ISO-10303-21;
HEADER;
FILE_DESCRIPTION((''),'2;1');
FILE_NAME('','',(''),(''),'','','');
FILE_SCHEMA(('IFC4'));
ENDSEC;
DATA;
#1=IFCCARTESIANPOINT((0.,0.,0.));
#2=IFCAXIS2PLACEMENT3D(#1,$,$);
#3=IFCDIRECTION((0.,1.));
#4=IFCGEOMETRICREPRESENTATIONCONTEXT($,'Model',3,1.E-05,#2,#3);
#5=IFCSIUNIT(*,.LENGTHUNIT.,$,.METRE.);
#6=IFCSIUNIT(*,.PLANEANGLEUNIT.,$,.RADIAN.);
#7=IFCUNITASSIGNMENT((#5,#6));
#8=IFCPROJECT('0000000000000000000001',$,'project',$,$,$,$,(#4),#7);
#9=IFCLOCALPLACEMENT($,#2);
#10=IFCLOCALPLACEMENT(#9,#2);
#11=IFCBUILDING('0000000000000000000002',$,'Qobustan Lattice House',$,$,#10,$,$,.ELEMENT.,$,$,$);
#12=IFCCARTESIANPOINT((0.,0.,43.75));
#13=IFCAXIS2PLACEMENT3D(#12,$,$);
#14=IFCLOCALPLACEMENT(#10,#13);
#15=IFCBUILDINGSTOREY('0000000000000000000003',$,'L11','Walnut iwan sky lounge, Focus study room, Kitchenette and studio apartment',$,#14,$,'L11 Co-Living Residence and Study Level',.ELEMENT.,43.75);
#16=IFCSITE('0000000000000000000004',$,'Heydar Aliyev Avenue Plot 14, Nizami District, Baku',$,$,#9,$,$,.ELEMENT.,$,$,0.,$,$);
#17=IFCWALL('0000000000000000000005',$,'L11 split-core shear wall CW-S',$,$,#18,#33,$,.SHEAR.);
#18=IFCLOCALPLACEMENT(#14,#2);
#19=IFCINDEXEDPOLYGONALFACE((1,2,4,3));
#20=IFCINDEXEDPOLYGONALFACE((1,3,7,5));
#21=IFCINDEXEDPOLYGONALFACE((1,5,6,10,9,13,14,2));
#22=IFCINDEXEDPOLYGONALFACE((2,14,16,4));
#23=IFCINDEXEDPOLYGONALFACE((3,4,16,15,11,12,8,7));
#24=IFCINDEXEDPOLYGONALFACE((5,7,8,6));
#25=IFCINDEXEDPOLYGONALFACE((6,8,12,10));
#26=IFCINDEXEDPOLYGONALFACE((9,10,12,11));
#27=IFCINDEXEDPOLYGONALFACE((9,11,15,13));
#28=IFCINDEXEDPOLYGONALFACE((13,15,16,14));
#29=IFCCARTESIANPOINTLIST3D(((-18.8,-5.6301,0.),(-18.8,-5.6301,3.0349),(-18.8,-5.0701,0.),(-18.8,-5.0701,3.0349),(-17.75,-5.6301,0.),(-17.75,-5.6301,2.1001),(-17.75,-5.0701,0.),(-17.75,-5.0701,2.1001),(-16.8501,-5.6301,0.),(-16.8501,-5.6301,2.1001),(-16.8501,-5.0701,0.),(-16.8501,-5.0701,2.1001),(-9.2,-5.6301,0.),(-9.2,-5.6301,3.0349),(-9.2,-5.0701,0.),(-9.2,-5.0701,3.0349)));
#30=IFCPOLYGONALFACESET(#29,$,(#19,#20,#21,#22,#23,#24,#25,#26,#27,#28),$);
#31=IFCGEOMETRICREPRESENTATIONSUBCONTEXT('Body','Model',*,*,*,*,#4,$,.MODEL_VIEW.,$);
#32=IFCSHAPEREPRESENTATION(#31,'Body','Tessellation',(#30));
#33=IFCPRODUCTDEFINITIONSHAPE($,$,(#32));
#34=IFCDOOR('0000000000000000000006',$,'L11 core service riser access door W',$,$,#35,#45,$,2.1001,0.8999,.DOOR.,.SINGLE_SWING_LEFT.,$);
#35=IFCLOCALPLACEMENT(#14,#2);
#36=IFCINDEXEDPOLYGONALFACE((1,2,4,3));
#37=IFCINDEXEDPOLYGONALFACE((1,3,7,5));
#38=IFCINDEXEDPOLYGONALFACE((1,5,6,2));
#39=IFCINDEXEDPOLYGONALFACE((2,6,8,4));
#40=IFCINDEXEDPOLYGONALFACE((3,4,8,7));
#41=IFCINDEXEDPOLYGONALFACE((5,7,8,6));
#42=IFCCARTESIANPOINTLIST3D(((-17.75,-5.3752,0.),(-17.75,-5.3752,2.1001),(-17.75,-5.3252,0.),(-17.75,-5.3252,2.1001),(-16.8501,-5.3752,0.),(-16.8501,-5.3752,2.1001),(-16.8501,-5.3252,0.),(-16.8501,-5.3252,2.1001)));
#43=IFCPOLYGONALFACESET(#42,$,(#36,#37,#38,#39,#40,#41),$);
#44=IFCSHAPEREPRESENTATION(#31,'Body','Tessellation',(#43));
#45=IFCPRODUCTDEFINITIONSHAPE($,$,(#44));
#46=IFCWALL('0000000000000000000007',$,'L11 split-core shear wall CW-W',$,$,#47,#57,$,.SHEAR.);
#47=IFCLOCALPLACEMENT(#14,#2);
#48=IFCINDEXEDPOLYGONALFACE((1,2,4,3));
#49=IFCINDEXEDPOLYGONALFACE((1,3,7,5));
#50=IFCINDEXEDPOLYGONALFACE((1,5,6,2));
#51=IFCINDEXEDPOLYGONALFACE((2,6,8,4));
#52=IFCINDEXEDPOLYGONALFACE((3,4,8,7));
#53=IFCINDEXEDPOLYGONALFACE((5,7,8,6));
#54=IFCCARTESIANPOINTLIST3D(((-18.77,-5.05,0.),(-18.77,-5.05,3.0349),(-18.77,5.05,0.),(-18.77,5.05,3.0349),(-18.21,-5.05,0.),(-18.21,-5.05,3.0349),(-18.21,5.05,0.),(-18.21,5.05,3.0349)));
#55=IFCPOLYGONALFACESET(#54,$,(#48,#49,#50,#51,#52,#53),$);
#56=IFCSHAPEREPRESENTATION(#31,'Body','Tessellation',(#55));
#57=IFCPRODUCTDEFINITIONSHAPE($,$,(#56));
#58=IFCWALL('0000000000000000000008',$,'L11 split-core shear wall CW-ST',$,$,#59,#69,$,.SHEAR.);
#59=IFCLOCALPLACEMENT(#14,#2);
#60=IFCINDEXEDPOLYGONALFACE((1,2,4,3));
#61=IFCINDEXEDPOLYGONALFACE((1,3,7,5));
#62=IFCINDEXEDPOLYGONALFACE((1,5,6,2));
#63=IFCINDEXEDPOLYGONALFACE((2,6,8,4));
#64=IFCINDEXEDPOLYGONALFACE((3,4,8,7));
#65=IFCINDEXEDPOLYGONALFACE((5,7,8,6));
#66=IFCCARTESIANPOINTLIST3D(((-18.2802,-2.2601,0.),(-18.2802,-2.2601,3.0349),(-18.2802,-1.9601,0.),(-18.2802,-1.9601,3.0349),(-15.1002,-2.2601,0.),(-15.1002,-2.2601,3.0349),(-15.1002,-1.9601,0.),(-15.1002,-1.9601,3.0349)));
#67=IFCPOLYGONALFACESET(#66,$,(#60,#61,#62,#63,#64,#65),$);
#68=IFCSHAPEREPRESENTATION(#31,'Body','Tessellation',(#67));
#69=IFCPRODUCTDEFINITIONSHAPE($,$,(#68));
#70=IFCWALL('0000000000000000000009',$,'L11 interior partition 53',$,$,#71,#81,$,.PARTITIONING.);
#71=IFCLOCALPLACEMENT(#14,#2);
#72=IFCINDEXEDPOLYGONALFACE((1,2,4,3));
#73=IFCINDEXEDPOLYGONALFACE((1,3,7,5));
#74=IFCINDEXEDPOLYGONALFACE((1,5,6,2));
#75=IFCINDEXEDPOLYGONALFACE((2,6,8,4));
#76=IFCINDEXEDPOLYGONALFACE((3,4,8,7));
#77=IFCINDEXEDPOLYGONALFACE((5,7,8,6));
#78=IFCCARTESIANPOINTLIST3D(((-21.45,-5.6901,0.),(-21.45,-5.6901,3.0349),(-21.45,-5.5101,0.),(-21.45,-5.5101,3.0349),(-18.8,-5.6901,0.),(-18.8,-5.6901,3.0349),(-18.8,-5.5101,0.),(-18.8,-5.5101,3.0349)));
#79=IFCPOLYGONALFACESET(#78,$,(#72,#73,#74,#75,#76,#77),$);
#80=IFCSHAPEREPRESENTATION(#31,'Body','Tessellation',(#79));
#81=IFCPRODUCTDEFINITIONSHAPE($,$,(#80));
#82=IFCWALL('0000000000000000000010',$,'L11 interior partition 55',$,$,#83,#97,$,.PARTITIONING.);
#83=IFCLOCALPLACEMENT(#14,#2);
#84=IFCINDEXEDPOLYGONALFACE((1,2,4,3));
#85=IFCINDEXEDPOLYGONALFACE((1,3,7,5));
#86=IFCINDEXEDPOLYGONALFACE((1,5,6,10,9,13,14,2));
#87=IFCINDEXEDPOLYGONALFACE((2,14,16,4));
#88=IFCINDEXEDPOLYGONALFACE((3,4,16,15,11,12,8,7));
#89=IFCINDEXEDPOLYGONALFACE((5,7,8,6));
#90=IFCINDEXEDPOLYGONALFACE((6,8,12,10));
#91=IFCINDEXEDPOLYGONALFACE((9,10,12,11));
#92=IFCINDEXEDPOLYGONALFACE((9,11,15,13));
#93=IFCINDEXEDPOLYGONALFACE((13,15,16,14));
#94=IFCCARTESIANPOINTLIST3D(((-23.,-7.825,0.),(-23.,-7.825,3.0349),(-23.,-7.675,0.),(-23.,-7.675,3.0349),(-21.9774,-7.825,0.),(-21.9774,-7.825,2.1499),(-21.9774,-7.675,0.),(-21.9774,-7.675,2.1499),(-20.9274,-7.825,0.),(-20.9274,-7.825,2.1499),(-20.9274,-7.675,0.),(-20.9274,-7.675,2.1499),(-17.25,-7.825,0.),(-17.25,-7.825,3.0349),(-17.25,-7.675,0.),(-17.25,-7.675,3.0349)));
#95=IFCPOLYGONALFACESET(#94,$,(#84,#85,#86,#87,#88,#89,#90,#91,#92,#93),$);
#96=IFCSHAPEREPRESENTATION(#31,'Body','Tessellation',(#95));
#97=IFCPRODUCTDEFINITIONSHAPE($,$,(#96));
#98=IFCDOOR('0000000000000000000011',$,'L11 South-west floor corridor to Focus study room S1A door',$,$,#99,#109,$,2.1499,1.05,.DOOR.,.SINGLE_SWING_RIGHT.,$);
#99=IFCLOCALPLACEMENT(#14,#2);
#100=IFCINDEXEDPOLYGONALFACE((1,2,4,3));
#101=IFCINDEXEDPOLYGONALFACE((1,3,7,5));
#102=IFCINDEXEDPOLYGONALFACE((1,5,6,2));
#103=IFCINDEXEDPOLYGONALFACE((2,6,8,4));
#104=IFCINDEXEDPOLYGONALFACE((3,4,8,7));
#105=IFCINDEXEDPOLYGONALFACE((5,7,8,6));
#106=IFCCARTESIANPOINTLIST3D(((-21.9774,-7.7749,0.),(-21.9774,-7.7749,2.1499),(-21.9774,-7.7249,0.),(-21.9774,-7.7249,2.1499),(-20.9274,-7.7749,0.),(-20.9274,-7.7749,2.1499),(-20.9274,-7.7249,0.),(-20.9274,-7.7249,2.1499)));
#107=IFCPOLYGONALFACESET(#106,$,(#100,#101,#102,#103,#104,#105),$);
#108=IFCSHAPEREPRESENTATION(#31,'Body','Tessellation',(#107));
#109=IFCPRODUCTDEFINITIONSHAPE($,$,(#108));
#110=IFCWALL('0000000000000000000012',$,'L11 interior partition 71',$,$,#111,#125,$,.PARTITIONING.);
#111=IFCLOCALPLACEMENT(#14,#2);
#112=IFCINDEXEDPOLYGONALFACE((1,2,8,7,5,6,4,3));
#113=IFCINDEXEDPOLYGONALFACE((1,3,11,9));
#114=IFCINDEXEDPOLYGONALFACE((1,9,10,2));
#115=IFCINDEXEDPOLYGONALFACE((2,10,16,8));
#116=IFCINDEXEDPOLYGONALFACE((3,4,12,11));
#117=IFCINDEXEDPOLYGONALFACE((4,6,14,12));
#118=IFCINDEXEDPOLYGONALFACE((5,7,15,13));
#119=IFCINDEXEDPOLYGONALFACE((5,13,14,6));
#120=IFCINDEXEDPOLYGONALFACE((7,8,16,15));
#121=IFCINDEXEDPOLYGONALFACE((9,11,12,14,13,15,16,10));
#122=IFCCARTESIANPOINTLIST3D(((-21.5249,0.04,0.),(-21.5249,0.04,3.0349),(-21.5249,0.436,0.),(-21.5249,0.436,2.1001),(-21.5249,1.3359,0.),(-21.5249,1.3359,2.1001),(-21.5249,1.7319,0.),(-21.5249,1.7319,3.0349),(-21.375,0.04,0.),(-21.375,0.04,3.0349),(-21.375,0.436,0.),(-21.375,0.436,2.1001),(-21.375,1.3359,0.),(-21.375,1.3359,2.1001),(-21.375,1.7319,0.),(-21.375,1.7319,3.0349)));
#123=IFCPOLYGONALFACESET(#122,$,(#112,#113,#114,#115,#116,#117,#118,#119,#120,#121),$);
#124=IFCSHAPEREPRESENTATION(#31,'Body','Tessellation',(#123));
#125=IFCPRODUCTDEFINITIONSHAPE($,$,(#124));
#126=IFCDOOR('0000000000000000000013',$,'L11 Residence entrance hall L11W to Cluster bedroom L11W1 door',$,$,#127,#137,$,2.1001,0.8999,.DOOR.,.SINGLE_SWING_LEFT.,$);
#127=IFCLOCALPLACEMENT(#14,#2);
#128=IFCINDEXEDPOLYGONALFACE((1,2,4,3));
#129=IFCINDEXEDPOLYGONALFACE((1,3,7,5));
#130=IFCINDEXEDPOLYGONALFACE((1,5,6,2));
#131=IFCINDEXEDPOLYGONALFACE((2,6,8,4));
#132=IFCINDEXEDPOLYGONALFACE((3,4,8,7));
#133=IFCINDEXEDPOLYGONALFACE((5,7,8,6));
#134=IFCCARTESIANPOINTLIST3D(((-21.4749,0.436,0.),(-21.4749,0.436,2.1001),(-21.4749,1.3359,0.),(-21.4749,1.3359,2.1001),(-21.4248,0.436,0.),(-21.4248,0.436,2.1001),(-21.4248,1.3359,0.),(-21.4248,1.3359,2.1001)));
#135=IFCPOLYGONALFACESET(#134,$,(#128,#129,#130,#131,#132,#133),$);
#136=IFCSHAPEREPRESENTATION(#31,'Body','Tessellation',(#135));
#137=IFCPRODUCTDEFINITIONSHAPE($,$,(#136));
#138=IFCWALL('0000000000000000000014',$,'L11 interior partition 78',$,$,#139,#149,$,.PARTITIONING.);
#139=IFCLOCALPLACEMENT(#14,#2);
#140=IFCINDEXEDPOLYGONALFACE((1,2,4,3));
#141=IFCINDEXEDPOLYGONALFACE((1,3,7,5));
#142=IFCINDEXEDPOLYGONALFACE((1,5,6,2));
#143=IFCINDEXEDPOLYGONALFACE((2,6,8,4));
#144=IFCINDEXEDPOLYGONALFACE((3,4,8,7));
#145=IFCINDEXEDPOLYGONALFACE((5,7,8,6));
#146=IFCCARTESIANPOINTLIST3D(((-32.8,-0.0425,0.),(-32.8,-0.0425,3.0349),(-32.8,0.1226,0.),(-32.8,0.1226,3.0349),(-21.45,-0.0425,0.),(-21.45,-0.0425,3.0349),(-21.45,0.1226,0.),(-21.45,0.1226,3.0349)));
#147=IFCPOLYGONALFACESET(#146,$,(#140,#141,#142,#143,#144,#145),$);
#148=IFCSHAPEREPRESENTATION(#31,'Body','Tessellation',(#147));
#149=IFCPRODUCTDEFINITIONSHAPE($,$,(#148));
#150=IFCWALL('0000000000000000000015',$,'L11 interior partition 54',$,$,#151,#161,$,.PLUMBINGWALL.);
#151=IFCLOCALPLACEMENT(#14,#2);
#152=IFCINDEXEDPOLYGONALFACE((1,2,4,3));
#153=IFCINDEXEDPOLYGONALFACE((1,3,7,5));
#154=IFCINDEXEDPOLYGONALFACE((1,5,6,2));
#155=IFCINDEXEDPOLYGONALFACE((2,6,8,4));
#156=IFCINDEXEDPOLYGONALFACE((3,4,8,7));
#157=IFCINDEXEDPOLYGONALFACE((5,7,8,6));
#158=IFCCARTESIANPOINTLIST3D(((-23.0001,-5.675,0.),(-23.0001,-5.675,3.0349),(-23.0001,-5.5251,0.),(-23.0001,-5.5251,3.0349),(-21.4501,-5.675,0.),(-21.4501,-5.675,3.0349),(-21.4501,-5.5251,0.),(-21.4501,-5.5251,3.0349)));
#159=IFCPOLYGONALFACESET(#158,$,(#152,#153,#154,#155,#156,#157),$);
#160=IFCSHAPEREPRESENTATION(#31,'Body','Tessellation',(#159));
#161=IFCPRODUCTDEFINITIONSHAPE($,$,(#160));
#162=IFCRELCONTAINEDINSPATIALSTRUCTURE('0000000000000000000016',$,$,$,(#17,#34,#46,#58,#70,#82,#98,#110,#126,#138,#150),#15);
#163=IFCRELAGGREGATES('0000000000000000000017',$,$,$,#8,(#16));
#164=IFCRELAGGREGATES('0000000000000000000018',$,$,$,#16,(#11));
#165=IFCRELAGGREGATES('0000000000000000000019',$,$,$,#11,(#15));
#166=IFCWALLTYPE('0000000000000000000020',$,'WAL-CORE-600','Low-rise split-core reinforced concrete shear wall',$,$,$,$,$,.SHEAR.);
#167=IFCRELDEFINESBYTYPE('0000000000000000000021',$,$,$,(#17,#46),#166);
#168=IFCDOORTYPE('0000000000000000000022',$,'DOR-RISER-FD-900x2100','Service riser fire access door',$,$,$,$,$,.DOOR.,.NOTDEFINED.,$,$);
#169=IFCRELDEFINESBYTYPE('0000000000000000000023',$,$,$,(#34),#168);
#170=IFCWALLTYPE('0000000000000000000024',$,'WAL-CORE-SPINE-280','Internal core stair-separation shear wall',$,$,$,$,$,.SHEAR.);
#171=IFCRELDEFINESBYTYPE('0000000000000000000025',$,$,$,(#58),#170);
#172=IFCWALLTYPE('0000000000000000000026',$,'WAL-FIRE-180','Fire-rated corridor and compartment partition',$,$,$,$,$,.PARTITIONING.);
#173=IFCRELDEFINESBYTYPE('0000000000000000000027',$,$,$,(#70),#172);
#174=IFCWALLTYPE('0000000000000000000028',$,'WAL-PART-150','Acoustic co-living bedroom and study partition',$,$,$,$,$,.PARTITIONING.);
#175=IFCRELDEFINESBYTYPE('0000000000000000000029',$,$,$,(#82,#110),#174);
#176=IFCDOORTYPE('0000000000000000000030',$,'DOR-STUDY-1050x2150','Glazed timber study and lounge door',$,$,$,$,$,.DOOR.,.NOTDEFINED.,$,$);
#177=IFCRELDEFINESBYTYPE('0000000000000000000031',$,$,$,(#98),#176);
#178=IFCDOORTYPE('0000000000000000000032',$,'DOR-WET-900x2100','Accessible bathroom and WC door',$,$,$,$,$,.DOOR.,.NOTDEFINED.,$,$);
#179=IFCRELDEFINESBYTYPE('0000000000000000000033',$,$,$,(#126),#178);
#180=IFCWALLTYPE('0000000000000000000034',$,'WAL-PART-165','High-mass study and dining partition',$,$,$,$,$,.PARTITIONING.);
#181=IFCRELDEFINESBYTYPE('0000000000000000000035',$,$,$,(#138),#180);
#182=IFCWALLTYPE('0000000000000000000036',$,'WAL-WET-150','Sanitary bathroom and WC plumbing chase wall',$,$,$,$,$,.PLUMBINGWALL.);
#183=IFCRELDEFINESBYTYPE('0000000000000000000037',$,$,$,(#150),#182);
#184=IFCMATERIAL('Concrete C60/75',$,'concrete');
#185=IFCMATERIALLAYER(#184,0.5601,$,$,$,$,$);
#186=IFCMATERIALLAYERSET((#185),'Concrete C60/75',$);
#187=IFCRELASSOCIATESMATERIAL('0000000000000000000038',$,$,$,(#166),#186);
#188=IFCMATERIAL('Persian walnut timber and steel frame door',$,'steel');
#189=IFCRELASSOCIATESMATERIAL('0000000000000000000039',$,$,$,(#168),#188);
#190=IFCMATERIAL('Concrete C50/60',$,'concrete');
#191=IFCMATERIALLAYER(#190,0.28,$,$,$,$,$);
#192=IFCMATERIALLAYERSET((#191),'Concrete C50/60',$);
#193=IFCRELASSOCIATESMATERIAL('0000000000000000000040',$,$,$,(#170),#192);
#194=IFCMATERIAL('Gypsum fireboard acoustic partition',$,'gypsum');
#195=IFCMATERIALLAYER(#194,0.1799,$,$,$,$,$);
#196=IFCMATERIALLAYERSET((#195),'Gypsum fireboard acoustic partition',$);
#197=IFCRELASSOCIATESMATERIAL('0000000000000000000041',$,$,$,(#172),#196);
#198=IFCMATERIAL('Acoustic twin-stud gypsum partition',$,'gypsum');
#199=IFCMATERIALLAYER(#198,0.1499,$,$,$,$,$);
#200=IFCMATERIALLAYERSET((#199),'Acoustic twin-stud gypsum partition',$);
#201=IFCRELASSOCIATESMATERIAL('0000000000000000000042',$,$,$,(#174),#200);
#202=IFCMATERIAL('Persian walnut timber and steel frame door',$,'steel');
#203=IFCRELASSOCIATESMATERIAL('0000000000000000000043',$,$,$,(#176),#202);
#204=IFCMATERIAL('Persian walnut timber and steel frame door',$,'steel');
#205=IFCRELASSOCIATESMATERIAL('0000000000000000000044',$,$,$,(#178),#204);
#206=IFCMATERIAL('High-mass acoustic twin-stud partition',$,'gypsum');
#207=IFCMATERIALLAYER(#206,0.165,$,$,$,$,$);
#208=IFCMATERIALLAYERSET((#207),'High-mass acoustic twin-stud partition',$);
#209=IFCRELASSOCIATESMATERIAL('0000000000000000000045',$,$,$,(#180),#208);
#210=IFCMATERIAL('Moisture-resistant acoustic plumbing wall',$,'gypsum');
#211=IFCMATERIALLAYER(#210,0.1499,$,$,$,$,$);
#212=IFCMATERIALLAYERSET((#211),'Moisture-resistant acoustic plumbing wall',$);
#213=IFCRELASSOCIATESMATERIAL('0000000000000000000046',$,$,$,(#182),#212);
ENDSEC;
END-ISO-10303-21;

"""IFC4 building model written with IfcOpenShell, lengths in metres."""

from ifc_helpers import new_model, si_unit, direction, frame, frame_2d, origin, place, context, subcontext, project, spatial, rectangle, extrude, material, layer, layer_set, type_object, element, fill, save


model = new_model("IFC4")

# Units and contexts
model_context = context("Model", 3, precision=1e-05, world=origin(), true_north=direction((0.0, 1.0)))
body_context = subcontext(model_context, "Body", "Model", "MODEL_VIEW")
ifc_project = project(units=[si_unit("LENGTHUNIT", "METRE"), si_unit("PLANEANGLEUNIT", "RADIAN")], contexts=[model_context])

# Site, building, storey
site_placement = place(None, origin())
site = spatial("IfcSite", under=ifc_project, at=site_placement, Name="Heydar Aliyev Avenue Plot 14, Nizami District, Baku", CompositionType="ELEMENT", RefElevation=0.0)
building_placement = place(site_placement, origin())
building = spatial("IfcBuilding", under=site, at=building_placement, Name="Qobustan Lattice House", CompositionType="ELEMENT")
storey_placement = place(building_placement, frame((0.0, 0.0, 43.75)))
storey = spatial("IfcBuildingStorey", under=building, at=storey_placement, Name="L11", Description="Walnut iwan sky lounge, Focus study room, Kitchenette and studio apartment", LongName="L11 Co-Living Residence and Study Level", CompositionType="ELEMENT", Elevation=43.75)

# Wall, opening, door
ifc_material_1 = material(Name="Concrete C60/75", Category="concrete")
ifc_layer_1 = layer(ifc_material_1, 0.5601)
ifc_layer_set_1 = layer_set([ifc_layer_1], Name="Concrete C60/75")
wall_type_1 = type_object("IfcWallType", Name="WAL-CORE-600", Description="Low-rise split-core reinforced concrete shear wall", PredefinedType="SHEAR", material=ifc_layer_set_1)
wall_1_placement = place(storey_placement, frame((-18.8, -5.3501, 0.0), z_axis=(0.0, 0.0, 1.0), x_axis=(1.0, 0.0, 0.0)))
wall_1 = element("IfcWall", 1, at=wall_1_placement, inside=storey, type_object=wall_type_1, Name="L11 split-core shear wall CW-S", PredefinedType="SHEAR", context=body_context, shape_type="SweptSolid", body=[
    extrude(rectangle(XDim=9.6001, YDim=0.5601, at=frame_2d((4.8, 0.0))), origin(), (0.0, 0.0, 1.0), 3.0349),
])
opening_1_placement = place(wall_1_placement, frame((1.05, 0.0, 0.0)))
opening_1 = element("IfcOpeningElement", 2, at=opening_1_placement, cuts=wall_1, PredefinedType="OPENING", context=body_context, shape_type="SweptSolid", body=[
    extrude(rectangle(XDim=0.8999, YDim=2.1001, at=frame_2d((0.45, 1.05))), frame((0.0, 0.29, 0.0), z_axis=(0.0, -1.0, 0.0), x_axis=(1.0, 0.0, 0.0)), (0.0, 0.0, 1.0), 0.5801),
])
ifc_material_2 = material(Name="Persian walnut timber and steel frame door", Category="steel")
door_type_1 = type_object("IfcDoorType", Name="DOR-RISER-FD-900x2100", Description="Service riser fire access door", OperationType="NOTDEFINED", PredefinedType="DOOR", material=ifc_material_2)
door_1_placement = place(opening_1_placement, origin())
door_1 = element("IfcDoor", 3, at=door_1_placement, inside=storey, type_object=door_type_1, Name="L11 core service riser access door W", OperationType="SINGLE_SWING_LEFT", OverallHeight=2.1001, OverallWidth=0.8999, PredefinedType="DOOR", context=body_context, shape_type="SweptSolid", body=[
    extrude(rectangle(XDim=0.8999, YDim=2.1001, at=frame_2d((0.45, 1.05))), frame((0.0, 0.0249, 0.0), z_axis=(0.0, -1.0, 0.0), x_axis=(1.0, 0.0, 0.0)), (0.0, 0.0, 1.0), 0.05),
])
fill(opening_1, door_1)

# Walls
wall_2_placement = place(storey_placement, frame((-18.49, -5.05, 0.0), z_axis=(0.0, 0.0, 1.0), x_axis=(0.0, 1.0, 0.0)))
element("IfcWall", 4, at=wall_2_placement, inside=storey, type_object=wall_type_1, Name="L11 split-core shear wall CW-W", PredefinedType="SHEAR", context=body_context, shape_type="SweptSolid", body=[
    extrude(rectangle(XDim=10.1001, YDim=0.5601, at=frame_2d((5.05, 0.0))), origin(), (0.0, 0.0, 1.0), 3.0349),
])
ifc_material_3 = material(Name="Concrete C50/60", Category="concrete")
ifc_layer_2 = layer(ifc_material_3, 0.28)
ifc_layer_set_2 = layer_set([ifc_layer_2], Name="Concrete C50/60")
wall_type_2 = type_object("IfcWallType", Name="WAL-CORE-SPINE-280", Description="Internal core stair-separation shear wall", PredefinedType="SHEAR", material=ifc_layer_set_2)
wall_3_placement = place(storey_placement, frame((-18.28, -2.1101, 0.0), z_axis=(0.0, 0.0, 1.0), x_axis=(1.0, 0.0, 0.0)))
element("IfcWall", 5, at=wall_3_placement, inside=storey, type_object=wall_type_2, Name="L11 split-core shear wall CW-ST", PredefinedType="SHEAR", context=body_context, shape_type="SweptSolid", body=[
    extrude(rectangle(XDim=3.1799, YDim=0.3, at=frame_2d((1.5898, 0.0))), origin(), (0.0, 0.0, 1.0), 3.0349),
])
ifc_material_4 = material(Name="Gypsum fireboard acoustic partition", Category="gypsum")
ifc_layer_3 = layer(ifc_material_4, 0.1799)
ifc_layer_set_3 = layer_set([ifc_layer_3], Name="Gypsum fireboard acoustic partition")
wall_type_3 = type_object("IfcWallType", Name="WAL-FIRE-180", Description="Fire-rated corridor and compartment partition", PredefinedType="PARTITIONING", material=ifc_layer_set_3)
wall_4_placement = place(storey_placement, frame((-21.45, -5.6001, 0.0), z_axis=(0.0, 0.0, 1.0), x_axis=(1.0, 0.0, 0.0)))
element("IfcWall", 6, at=wall_4_placement, inside=storey, type_object=wall_type_3, Name="L11 interior partition 53", PredefinedType="PARTITIONING", context=body_context, shape_type="SweptSolid", body=[
    extrude(rectangle(XDim=2.6499, YDim=0.1799, at=frame_2d((1.325, 0.0))), origin(), (0.0, 0.0, 1.0), 3.0349),
])

# Walls, openings, doors
ifc_material_5 = material(Name="Acoustic twin-stud gypsum partition", Category="gypsum")
ifc_layer_4 = layer(ifc_material_5, 0.1499)
ifc_layer_set_4 = layer_set([ifc_layer_4], Name="Acoustic twin-stud gypsum partition")
wall_type_4 = type_object("IfcWallType", Name="WAL-PART-150", Description="Acoustic co-living bedroom and study partition", PredefinedType="PARTITIONING", material=ifc_layer_set_4)
wall_5_placement = place(storey_placement, frame((-17.25, -7.75, 0.0), z_axis=(0.0, 0.0, 1.0), x_axis=(-1.0, 0.0, 0.0)))
wall_5 = element("IfcWall", 7, at=wall_5_placement, inside=storey, type_object=wall_type_4, Name="L11 interior partition 55", PredefinedType="PARTITIONING", context=body_context, shape_type="SweptSolid", body=[
    extrude(rectangle(XDim=5.75, YDim=0.1499, at=frame_2d((2.875, 0.0))), origin(), (0.0, 0.0, 1.0), 3.0349),
])
opening_2_placement = place(wall_5_placement, frame((3.6775, 0.0, 0.0)))
opening_2 = element("IfcOpeningElement", 8, at=opening_2_placement, cuts=wall_5, PredefinedType="OPENING", context=body_context, shape_type="SweptSolid", body=[
    extrude(rectangle(XDim=1.05, YDim=2.1499, at=frame_2d((0.5249, 1.075))), frame((0.0, 0.085, 0.0), z_axis=(0.0, -1.0, 0.0), x_axis=(1.0, 0.0, 0.0)), (0.0, 0.0, 1.0), 0.1699),
])
ifc_material_6 = material(Name="Persian walnut timber and steel frame door", Category="steel")
door_type_2 = type_object("IfcDoorType", Name="DOR-STUDY-1050x2150", Description="Glazed timber study and lounge door", OperationType="NOTDEFINED", PredefinedType="DOOR", material=ifc_material_6)
door_2_placement = place(opening_2_placement, origin())
door_2 = element("IfcDoor", 9, at=door_2_placement, inside=storey, type_object=door_type_2, Name="L11 South-west floor corridor to Focus study room S1A door", OperationType="SINGLE_SWING_RIGHT", OverallHeight=2.1499, OverallWidth=1.05, PredefinedType="DOOR", context=body_context, shape_type="SweptSolid", body=[
    extrude(rectangle(XDim=1.05, YDim=2.1499, at=frame_2d((0.5249, 1.075))), frame((0.0, 0.0249, 0.0), z_axis=(0.0, -1.0, 0.0), x_axis=(1.0, 0.0, 0.0)), (0.0, 0.0, 1.0), 0.05),
])
fill(opening_2, door_2)
wall_6_placement = place(storey_placement, frame((-21.45, 0.04, 0.0), z_axis=(0.0, 0.0, 1.0), x_axis=(0.0, 1.0, 0.0)))
wall_6 = element("IfcWall", 10, at=wall_6_placement, inside=storey, type_object=wall_type_4, Name="L11 interior partition 71", PredefinedType="PARTITIONING", context=body_context, shape_type="SweptSolid", body=[
    extrude(rectangle(XDim=1.6919, YDim=0.1499, at=frame_2d((0.8459, 0.0))), origin(), (0.0, 0.0, 1.0), 3.0349),
])
opening_3_placement = place(wall_6_placement, frame((0.396, 0.0, 0.0)))
opening_3 = element("IfcOpeningElement", 11, at=opening_3_placement, cuts=wall_6, PredefinedType="OPENING", context=body_context, shape_type="SweptSolid", body=[
    extrude(rectangle(XDim=0.8999, YDim=2.1001, at=frame_2d((0.45, 1.05))), frame((0.0, 0.085, 0.0), z_axis=(0.0, -1.0, 0.0), x_axis=(1.0, 0.0, 0.0)), (0.0, 0.0, 1.0), 0.1699),
])
ifc_material_7 = material(Name="Persian walnut timber and steel frame door", Category="steel")
door_type_3 = type_object("IfcDoorType", Name="DOR-WET-900x2100", Description="Accessible bathroom and WC door", OperationType="NOTDEFINED", PredefinedType="DOOR", material=ifc_material_7)
door_3_placement = place(opening_3_placement, origin())
door_3 = element("IfcDoor", 12, at=door_3_placement, inside=storey, type_object=door_type_3, Name="L11 Residence entrance hall L11W to Cluster bedroom L11W1 door", OperationType="SINGLE_SWING_LEFT", OverallHeight=2.1001, OverallWidth=0.8999, PredefinedType="DOOR", context=body_context, shape_type="SweptSolid", body=[
    extrude(rectangle(XDim=0.8999, YDim=2.1001, at=frame_2d((0.45, 1.05))), frame((0.0, 0.0249, 0.0), z_axis=(0.0, -1.0, 0.0), x_axis=(1.0, 0.0, 0.0)), (0.0, 0.0, 1.0), 0.05),
])
fill(opening_3, door_3)
ifc_material_8 = material(Name="High-mass acoustic twin-stud partition", Category="gypsum")
ifc_layer_5 = layer(ifc_material_8, 0.165)
ifc_layer_set_5 = layer_set([ifc_layer_5], Name="High-mass acoustic twin-stud partition")
wall_type_5 = type_object("IfcWallType", Name="WAL-PART-165", Description="High-mass study and dining partition", PredefinedType="PARTITIONING", material=ifc_layer_set_5)

# Walls
wall_7_placement = place(storey_placement, frame((-32.8, 0.04, 0.0), z_axis=(0.0, 0.0, 1.0), x_axis=(1.0, 0.0, 0.0)))
element("IfcWall", 13, at=wall_7_placement, inside=storey, type_object=wall_type_5, Name="L11 interior partition 78", PredefinedType="PARTITIONING", context=body_context, shape_type="SweptSolid", body=[
    extrude(rectangle(XDim=11.3501, YDim=0.165, at=frame_2d((5.675, 0.0))), origin(), (0.0, 0.0, 1.0), 3.0349),
])
ifc_material_9 = material(Name="Moisture-resistant acoustic plumbing wall", Category="gypsum")
ifc_layer_6 = layer(ifc_material_9, 0.1499)
ifc_layer_set_6 = layer_set([ifc_layer_6], Name="Moisture-resistant acoustic plumbing wall")
wall_type_6 = type_object("IfcWallType", Name="WAL-WET-150", Description="Sanitary bathroom and WC plumbing chase wall", PredefinedType="PLUMBINGWALL", material=ifc_layer_set_6)
wall_8_placement = place(storey_placement, frame((-23.0, -5.6001, 0.0), z_axis=(0.0, 0.0, 1.0), x_axis=(1.0, 0.0, 0.0)))
element("IfcWall", 14, at=wall_8_placement, inside=storey, type_object=wall_type_6, Name="L11 interior partition 54", PredefinedType="PLUMBINGWALL", context=body_context, shape_type="SweptSolid", body=[
    extrude(rectangle(XDim=1.55, YDim=0.1499, at=frame_2d((0.7749, 0.0))), origin(), (0.0, 0.0, 1.0), 3.0349),
])

save(model, "model.ifc")
